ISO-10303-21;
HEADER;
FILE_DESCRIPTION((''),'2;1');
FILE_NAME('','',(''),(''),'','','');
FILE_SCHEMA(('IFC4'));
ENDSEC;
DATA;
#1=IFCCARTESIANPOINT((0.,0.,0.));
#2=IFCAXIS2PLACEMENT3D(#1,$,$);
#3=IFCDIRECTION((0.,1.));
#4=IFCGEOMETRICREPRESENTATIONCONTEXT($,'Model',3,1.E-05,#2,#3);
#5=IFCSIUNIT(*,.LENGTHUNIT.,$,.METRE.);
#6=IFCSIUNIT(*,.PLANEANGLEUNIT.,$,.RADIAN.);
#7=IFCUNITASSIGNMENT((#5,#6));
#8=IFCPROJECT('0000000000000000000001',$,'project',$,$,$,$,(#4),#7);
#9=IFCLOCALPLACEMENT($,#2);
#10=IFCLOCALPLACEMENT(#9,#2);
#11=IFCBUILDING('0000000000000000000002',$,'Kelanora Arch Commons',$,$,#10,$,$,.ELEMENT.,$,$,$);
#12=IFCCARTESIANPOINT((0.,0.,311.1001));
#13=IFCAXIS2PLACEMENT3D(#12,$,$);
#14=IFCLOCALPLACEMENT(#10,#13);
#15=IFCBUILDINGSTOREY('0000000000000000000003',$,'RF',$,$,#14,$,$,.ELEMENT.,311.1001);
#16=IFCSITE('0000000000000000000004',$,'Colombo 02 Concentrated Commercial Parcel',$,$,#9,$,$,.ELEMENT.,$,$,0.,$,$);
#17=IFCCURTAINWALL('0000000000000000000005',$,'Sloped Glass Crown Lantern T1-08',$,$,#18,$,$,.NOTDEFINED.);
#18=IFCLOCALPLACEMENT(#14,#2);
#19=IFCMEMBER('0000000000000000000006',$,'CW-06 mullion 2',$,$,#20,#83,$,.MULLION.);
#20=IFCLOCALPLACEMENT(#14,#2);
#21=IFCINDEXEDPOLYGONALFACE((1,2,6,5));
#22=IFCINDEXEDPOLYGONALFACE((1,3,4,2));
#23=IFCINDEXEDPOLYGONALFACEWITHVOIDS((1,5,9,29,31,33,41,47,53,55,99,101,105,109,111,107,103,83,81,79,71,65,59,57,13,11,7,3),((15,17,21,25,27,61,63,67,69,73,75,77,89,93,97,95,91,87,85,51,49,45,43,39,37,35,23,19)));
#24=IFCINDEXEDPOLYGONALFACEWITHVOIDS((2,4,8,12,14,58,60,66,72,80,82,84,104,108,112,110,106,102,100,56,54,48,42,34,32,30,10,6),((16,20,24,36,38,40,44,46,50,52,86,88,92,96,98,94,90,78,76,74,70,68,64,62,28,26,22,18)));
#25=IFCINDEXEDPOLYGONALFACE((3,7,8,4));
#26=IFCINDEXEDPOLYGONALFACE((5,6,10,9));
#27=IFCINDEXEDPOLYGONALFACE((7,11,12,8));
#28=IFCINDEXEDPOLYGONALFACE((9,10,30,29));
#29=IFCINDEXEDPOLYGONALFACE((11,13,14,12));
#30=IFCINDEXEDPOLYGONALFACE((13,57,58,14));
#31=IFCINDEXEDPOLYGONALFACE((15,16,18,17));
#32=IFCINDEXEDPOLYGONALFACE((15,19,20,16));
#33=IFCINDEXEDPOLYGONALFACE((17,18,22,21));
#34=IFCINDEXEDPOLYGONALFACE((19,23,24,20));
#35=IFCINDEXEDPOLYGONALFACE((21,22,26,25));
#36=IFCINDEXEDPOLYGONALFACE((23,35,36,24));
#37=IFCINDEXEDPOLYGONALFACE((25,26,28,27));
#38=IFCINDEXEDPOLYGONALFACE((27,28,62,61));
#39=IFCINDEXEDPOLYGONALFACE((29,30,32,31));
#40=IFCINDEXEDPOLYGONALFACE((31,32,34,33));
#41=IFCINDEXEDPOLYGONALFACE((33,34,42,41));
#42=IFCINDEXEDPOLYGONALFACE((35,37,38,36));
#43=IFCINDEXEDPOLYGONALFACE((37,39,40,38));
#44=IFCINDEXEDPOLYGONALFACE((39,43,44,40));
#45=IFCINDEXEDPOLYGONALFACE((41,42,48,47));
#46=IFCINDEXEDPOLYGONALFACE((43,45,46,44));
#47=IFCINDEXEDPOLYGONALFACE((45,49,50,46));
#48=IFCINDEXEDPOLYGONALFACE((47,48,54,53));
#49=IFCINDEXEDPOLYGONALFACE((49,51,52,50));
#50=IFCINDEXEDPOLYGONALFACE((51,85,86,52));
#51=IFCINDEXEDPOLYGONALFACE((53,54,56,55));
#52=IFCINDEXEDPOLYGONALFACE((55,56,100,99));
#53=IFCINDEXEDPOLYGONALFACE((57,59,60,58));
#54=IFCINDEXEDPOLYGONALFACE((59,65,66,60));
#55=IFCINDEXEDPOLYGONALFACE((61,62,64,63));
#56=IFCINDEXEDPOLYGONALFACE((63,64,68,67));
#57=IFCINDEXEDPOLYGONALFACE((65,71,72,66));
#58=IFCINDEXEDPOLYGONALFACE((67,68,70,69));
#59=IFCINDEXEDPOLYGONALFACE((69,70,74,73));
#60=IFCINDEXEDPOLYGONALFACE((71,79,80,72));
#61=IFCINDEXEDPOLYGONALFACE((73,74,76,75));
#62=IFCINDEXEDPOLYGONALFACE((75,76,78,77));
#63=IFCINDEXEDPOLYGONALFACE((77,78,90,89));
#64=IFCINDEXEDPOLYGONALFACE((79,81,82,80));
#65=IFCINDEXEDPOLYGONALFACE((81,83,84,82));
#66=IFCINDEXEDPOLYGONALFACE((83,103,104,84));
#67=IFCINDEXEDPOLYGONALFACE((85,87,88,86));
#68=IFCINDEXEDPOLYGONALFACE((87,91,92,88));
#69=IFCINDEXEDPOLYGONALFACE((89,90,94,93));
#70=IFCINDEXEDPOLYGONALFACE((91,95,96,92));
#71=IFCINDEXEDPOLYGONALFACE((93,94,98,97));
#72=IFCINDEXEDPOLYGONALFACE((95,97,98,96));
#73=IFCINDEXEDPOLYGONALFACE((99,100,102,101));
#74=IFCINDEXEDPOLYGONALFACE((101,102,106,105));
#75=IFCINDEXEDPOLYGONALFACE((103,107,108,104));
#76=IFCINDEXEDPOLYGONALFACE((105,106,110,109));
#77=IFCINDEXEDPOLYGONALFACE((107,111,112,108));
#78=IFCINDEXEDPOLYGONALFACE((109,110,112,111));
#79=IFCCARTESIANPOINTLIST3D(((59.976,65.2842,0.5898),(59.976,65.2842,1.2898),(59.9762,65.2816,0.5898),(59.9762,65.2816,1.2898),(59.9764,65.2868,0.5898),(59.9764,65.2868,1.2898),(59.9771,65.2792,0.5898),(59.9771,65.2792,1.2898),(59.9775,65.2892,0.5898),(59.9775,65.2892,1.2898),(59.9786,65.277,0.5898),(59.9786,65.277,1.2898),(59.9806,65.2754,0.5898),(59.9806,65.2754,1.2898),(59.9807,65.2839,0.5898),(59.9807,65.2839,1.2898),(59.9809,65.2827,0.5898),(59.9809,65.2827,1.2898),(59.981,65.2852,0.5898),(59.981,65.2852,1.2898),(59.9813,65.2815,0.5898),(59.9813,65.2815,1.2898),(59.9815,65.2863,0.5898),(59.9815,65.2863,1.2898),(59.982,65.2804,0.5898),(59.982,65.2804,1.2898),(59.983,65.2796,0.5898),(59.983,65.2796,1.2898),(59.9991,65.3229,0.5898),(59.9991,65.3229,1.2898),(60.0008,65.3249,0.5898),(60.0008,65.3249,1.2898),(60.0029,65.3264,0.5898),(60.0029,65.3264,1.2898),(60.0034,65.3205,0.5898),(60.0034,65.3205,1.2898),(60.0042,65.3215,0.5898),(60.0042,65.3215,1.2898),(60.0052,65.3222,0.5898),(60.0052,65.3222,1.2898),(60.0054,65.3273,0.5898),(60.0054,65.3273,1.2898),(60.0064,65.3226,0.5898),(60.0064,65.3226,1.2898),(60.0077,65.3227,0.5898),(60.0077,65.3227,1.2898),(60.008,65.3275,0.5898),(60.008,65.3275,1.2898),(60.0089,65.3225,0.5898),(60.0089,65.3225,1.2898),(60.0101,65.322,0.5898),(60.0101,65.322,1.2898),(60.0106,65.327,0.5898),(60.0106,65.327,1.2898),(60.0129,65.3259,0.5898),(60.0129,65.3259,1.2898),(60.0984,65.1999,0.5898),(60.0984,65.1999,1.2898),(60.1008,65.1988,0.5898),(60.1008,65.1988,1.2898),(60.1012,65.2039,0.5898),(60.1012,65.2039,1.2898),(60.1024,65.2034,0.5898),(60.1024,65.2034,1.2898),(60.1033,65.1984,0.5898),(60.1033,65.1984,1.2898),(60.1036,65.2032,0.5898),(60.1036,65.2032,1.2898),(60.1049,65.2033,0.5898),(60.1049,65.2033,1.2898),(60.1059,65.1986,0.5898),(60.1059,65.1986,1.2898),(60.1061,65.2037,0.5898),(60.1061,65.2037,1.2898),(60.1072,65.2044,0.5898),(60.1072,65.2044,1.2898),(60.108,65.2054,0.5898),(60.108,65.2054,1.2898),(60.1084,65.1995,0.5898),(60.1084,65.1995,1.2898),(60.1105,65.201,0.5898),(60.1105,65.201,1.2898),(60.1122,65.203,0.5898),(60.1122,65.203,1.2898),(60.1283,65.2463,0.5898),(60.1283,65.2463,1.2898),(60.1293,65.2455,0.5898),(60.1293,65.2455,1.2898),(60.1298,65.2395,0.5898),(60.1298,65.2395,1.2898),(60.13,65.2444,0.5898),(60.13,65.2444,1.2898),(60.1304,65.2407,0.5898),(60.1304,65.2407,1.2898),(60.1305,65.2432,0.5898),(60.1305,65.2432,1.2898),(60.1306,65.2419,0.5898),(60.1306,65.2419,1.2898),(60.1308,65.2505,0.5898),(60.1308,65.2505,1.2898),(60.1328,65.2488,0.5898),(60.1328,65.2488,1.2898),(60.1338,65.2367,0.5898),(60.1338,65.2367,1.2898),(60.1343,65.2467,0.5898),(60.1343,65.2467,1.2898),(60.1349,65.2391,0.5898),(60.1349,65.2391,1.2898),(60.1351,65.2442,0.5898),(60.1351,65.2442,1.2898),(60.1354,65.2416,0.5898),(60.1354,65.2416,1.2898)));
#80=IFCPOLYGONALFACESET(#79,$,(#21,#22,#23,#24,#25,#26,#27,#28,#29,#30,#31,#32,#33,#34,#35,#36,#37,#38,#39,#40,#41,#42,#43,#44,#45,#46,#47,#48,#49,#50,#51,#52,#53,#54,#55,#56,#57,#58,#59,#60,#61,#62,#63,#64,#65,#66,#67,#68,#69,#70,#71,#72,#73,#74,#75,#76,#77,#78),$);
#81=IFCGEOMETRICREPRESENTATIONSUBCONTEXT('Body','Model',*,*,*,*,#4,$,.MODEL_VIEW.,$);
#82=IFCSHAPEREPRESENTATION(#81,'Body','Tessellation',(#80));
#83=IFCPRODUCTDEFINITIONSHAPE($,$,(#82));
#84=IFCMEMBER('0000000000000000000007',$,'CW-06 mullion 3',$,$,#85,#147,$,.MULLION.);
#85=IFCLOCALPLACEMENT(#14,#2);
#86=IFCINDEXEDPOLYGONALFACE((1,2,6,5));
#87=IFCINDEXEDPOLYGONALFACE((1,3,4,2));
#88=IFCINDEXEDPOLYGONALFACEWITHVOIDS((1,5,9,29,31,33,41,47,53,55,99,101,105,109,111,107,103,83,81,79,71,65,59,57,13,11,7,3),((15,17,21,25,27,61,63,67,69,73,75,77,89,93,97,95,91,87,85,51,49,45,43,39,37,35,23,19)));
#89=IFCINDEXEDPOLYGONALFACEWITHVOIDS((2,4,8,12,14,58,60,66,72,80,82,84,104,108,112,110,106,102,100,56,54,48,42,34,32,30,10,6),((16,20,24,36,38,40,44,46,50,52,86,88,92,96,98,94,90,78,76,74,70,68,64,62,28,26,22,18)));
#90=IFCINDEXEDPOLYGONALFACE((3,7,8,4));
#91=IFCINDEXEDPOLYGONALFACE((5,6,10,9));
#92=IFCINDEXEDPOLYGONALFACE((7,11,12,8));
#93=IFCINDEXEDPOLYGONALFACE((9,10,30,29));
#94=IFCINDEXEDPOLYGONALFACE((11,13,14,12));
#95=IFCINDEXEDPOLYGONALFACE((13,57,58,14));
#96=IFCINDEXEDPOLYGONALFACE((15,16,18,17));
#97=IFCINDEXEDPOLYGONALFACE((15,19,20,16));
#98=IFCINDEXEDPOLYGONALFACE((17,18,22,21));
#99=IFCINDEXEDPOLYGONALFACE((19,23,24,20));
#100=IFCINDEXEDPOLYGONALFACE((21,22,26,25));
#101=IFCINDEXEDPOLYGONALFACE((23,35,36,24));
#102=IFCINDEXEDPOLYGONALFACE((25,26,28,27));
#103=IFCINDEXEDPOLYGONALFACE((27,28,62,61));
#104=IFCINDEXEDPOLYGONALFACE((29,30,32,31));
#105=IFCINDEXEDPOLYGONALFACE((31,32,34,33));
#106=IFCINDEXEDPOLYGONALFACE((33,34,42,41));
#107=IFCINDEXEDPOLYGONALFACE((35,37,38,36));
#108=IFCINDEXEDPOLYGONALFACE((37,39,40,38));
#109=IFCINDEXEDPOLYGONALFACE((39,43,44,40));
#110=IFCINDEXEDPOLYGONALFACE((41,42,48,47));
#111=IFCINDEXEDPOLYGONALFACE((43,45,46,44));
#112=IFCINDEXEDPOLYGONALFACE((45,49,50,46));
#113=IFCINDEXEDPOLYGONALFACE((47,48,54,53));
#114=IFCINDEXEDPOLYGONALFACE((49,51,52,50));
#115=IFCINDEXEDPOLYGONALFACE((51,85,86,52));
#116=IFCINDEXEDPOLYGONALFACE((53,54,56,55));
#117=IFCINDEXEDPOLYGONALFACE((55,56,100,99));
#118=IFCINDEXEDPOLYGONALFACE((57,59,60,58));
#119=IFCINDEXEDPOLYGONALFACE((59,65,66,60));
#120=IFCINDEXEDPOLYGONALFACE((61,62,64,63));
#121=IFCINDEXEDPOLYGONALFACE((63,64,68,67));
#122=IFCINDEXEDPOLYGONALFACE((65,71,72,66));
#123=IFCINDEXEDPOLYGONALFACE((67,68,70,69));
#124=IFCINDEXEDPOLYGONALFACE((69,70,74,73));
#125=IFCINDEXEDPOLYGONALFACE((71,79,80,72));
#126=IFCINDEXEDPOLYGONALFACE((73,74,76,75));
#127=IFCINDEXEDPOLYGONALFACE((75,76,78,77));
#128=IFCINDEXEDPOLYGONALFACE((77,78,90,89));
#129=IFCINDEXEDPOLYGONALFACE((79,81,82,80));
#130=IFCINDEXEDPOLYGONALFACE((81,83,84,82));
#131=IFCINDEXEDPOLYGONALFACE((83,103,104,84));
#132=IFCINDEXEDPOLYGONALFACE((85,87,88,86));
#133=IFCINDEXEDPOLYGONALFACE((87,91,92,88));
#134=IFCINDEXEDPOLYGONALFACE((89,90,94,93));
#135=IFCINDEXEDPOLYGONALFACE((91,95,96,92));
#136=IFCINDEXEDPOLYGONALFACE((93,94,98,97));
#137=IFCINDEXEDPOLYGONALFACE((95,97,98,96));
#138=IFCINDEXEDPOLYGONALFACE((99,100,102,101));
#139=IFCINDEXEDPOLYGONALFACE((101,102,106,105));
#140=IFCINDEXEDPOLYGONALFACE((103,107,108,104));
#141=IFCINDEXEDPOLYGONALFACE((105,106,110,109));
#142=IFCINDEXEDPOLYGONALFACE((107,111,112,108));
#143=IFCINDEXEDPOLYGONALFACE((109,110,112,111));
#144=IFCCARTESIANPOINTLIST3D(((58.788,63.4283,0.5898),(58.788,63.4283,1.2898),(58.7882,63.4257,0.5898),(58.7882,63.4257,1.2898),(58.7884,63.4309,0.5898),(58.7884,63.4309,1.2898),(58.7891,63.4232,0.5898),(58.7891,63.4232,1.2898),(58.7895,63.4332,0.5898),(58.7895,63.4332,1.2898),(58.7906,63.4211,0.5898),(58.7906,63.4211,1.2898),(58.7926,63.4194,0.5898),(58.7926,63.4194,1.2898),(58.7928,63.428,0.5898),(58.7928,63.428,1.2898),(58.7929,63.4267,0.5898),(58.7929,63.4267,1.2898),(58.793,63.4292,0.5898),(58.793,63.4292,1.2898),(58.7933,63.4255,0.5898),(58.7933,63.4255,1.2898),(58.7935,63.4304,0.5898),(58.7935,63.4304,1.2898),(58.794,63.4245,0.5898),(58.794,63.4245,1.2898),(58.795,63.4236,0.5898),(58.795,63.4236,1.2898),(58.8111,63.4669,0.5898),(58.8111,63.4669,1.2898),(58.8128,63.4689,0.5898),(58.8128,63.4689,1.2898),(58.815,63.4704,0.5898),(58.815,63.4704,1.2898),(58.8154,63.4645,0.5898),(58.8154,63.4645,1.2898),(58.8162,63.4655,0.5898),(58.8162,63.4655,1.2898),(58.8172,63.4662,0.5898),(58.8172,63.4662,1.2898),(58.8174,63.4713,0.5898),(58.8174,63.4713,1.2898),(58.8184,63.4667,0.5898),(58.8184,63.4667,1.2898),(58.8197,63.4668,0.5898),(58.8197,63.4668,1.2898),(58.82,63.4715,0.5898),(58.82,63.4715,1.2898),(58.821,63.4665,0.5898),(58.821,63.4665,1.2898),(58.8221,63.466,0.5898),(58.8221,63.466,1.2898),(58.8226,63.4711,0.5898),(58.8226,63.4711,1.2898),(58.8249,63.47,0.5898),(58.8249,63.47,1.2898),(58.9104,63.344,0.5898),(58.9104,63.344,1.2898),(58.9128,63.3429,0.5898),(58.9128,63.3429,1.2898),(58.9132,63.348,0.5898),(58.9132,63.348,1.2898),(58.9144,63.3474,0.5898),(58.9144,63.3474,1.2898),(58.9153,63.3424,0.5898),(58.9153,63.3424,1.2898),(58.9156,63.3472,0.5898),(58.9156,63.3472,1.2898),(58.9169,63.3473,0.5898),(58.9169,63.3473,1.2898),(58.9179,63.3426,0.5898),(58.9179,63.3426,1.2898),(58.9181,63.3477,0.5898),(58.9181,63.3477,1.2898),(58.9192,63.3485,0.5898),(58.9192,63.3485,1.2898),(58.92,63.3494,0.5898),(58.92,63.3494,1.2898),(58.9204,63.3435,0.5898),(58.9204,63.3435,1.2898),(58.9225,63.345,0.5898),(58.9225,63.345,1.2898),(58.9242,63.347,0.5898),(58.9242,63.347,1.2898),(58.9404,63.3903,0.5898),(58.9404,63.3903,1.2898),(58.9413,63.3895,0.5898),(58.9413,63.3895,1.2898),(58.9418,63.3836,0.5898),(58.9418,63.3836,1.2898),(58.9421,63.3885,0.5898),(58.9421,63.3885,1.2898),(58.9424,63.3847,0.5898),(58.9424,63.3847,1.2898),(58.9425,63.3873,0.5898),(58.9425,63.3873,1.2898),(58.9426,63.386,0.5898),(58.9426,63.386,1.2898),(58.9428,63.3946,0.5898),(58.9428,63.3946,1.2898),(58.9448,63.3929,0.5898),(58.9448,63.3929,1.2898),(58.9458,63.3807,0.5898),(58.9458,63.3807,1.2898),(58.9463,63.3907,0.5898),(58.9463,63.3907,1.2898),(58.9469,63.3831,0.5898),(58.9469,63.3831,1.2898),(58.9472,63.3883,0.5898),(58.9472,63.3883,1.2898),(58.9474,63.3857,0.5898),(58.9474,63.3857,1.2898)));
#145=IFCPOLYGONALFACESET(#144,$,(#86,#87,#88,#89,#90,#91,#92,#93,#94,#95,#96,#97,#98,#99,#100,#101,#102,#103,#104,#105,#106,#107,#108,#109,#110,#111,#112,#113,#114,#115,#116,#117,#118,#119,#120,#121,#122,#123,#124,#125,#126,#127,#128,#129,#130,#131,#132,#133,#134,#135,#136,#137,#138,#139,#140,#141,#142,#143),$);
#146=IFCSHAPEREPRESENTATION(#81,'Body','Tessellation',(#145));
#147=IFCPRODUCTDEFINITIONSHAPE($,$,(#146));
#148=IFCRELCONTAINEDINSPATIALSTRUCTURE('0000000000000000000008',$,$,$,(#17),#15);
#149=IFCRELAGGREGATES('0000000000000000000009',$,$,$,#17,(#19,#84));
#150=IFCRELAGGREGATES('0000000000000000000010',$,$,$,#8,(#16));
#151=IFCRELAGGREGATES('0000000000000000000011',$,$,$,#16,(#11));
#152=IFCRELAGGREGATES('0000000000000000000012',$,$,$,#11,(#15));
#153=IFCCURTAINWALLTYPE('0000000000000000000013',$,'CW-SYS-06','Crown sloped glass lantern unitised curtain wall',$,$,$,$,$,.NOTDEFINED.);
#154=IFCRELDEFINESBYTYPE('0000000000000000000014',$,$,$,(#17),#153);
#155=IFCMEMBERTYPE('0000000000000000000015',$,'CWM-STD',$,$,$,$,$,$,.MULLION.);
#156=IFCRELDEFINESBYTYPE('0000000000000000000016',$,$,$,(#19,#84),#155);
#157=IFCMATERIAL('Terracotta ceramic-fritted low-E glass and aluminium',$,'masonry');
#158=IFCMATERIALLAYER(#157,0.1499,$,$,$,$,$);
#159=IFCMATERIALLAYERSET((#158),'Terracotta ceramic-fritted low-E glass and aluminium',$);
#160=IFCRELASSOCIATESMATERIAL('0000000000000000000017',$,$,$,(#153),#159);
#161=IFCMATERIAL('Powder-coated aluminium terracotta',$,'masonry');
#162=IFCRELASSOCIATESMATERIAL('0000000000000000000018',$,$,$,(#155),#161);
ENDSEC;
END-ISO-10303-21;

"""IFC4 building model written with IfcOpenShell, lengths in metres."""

from ifc_helpers import new_model, si_unit, direction, frame, origin, origin_2d, place, context, subcontext, project, spatial, hollow_rectangle, extrude, material, layer, layer_set, material_profile, profile_set, type_object, element, aggregate, save


model = new_model("IFC4")

# Units and contexts
model_context = context("Model", 3, precision=1e-05, world=origin(), true_north=direction((0.0, 1.0)))
body_context = subcontext(model_context, "Body", "Model", "MODEL_VIEW")
ifc_project = project(units=[si_unit("LENGTHUNIT", "METRE"), si_unit("PLANEANGLEUNIT", "RADIAN")], contexts=[model_context])

# Site, building, storey
site_placement = place(None, origin())
site = spatial("IfcSite", under=ifc_project, at=site_placement, Name="Colombo 02 Concentrated Commercial Parcel", CompositionType="ELEMENT", RefElevation=0.0)
building_placement = place(site_placement, origin())
building = spatial("IfcBuilding", under=site, at=building_placement, Name="Kelanora Arch Commons", CompositionType="ELEMENT")
storey_placement = place(building_placement, frame((0.0, 0.0, 311.1001)))
storey = spatial("IfcBuildingStorey", under=building, at=storey_placement, Name="RF", CompositionType="ELEMENT", Elevation=311.1001)

# Curtain wall, members
ifc_material_1 = material(Name="Terracotta ceramic-fritted low-E glass and aluminium", Category="masonry")
ifc_layer_1 = layer(ifc_material_1, 0.1499)
ifc_layer_set_1 = layer_set([ifc_layer_1], Name="Terracotta ceramic-fritted low-E glass and aluminium")
curtain_wall_type = type_object("IfcCurtainWallType", Name="CW-SYS-06", Description="Crown sloped glass lantern unitised curtain wall", PredefinedType="NOTDEFINED", material=ifc_layer_set_1)
ifc_material_2 = material(Name="Powder-coated aluminium terracotta", Category="masonry")
ifc_material_profile_1 = material_profile(ifc_material_2, hollow_rectangle(XDim=0.1599, YDim=0.0601, WallThickness=0.0049, InnerFilletRadius=0.0049, OuterFilletRadius=0.01, at=origin_2d()), Name="CWM160x60")
ifc_profile_set_1 = profile_set([ifc_material_profile_1], Name="Powder-coated aluminium terracotta")
member_type_1 = type_object("IfcMemberType", Name="CWM-STD", PredefinedType="MULLION", material=ifc_profile_set_1)
curtain_wall_1_placement = place(storey_placement, origin())
curtain_wall_1 = element("IfcCurtainWall", 1, at=curtain_wall_1_placement, inside=storey, type_object=curtain_wall_type, Name="Sloped Glass Crown Lantern T1-08", PredefinedType="NOTDEFINED")
member_1_placement = place(storey_placement, frame((60.0557, 65.2629, 0.5898), z_axis=(0.0, 0.0, 1.0), x_axis=(0.842271, -0.539054, 0.0)))
member_1 = element("IfcMember", 2, at=member_1_placement, type_object=member_type_1, Name="CW-06 mullion 2", PredefinedType="MULLION", context=body_context, shape_type="SweptSolid", body=[
    extrude(hollow_rectangle(XDim=0.1599, YDim=0.0601, WallThickness=0.0049, InnerFilletRadius=0.0049, OuterFilletRadius=0.01, at=origin_2d()), origin(), (0.0, 0.0, 1.0), 0.7),
])
member_2_placement = place(storey_placement, frame((58.8677, 63.407, 0.5898), z_axis=(0.0, 0.0, 1.0), x_axis=(0.842271, -0.539054, 0.0)))
member_2 = element("IfcMember", 3, at=member_2_placement, type_object=member_type_1, Name="CW-06 mullion 3", PredefinedType="MULLION", context=body_context, shape_type="SweptSolid", body=[
    extrude(hollow_rectangle(XDim=0.1599, YDim=0.0601, WallThickness=0.0049, InnerFilletRadius=0.0049, OuterFilletRadius=0.01, at=origin_2d()), origin(), (0.0, 0.0, 1.0), 0.7),
])

aggregate(curtain_wall_1, [member_1, member_2])

save(model, "model.ifc")
